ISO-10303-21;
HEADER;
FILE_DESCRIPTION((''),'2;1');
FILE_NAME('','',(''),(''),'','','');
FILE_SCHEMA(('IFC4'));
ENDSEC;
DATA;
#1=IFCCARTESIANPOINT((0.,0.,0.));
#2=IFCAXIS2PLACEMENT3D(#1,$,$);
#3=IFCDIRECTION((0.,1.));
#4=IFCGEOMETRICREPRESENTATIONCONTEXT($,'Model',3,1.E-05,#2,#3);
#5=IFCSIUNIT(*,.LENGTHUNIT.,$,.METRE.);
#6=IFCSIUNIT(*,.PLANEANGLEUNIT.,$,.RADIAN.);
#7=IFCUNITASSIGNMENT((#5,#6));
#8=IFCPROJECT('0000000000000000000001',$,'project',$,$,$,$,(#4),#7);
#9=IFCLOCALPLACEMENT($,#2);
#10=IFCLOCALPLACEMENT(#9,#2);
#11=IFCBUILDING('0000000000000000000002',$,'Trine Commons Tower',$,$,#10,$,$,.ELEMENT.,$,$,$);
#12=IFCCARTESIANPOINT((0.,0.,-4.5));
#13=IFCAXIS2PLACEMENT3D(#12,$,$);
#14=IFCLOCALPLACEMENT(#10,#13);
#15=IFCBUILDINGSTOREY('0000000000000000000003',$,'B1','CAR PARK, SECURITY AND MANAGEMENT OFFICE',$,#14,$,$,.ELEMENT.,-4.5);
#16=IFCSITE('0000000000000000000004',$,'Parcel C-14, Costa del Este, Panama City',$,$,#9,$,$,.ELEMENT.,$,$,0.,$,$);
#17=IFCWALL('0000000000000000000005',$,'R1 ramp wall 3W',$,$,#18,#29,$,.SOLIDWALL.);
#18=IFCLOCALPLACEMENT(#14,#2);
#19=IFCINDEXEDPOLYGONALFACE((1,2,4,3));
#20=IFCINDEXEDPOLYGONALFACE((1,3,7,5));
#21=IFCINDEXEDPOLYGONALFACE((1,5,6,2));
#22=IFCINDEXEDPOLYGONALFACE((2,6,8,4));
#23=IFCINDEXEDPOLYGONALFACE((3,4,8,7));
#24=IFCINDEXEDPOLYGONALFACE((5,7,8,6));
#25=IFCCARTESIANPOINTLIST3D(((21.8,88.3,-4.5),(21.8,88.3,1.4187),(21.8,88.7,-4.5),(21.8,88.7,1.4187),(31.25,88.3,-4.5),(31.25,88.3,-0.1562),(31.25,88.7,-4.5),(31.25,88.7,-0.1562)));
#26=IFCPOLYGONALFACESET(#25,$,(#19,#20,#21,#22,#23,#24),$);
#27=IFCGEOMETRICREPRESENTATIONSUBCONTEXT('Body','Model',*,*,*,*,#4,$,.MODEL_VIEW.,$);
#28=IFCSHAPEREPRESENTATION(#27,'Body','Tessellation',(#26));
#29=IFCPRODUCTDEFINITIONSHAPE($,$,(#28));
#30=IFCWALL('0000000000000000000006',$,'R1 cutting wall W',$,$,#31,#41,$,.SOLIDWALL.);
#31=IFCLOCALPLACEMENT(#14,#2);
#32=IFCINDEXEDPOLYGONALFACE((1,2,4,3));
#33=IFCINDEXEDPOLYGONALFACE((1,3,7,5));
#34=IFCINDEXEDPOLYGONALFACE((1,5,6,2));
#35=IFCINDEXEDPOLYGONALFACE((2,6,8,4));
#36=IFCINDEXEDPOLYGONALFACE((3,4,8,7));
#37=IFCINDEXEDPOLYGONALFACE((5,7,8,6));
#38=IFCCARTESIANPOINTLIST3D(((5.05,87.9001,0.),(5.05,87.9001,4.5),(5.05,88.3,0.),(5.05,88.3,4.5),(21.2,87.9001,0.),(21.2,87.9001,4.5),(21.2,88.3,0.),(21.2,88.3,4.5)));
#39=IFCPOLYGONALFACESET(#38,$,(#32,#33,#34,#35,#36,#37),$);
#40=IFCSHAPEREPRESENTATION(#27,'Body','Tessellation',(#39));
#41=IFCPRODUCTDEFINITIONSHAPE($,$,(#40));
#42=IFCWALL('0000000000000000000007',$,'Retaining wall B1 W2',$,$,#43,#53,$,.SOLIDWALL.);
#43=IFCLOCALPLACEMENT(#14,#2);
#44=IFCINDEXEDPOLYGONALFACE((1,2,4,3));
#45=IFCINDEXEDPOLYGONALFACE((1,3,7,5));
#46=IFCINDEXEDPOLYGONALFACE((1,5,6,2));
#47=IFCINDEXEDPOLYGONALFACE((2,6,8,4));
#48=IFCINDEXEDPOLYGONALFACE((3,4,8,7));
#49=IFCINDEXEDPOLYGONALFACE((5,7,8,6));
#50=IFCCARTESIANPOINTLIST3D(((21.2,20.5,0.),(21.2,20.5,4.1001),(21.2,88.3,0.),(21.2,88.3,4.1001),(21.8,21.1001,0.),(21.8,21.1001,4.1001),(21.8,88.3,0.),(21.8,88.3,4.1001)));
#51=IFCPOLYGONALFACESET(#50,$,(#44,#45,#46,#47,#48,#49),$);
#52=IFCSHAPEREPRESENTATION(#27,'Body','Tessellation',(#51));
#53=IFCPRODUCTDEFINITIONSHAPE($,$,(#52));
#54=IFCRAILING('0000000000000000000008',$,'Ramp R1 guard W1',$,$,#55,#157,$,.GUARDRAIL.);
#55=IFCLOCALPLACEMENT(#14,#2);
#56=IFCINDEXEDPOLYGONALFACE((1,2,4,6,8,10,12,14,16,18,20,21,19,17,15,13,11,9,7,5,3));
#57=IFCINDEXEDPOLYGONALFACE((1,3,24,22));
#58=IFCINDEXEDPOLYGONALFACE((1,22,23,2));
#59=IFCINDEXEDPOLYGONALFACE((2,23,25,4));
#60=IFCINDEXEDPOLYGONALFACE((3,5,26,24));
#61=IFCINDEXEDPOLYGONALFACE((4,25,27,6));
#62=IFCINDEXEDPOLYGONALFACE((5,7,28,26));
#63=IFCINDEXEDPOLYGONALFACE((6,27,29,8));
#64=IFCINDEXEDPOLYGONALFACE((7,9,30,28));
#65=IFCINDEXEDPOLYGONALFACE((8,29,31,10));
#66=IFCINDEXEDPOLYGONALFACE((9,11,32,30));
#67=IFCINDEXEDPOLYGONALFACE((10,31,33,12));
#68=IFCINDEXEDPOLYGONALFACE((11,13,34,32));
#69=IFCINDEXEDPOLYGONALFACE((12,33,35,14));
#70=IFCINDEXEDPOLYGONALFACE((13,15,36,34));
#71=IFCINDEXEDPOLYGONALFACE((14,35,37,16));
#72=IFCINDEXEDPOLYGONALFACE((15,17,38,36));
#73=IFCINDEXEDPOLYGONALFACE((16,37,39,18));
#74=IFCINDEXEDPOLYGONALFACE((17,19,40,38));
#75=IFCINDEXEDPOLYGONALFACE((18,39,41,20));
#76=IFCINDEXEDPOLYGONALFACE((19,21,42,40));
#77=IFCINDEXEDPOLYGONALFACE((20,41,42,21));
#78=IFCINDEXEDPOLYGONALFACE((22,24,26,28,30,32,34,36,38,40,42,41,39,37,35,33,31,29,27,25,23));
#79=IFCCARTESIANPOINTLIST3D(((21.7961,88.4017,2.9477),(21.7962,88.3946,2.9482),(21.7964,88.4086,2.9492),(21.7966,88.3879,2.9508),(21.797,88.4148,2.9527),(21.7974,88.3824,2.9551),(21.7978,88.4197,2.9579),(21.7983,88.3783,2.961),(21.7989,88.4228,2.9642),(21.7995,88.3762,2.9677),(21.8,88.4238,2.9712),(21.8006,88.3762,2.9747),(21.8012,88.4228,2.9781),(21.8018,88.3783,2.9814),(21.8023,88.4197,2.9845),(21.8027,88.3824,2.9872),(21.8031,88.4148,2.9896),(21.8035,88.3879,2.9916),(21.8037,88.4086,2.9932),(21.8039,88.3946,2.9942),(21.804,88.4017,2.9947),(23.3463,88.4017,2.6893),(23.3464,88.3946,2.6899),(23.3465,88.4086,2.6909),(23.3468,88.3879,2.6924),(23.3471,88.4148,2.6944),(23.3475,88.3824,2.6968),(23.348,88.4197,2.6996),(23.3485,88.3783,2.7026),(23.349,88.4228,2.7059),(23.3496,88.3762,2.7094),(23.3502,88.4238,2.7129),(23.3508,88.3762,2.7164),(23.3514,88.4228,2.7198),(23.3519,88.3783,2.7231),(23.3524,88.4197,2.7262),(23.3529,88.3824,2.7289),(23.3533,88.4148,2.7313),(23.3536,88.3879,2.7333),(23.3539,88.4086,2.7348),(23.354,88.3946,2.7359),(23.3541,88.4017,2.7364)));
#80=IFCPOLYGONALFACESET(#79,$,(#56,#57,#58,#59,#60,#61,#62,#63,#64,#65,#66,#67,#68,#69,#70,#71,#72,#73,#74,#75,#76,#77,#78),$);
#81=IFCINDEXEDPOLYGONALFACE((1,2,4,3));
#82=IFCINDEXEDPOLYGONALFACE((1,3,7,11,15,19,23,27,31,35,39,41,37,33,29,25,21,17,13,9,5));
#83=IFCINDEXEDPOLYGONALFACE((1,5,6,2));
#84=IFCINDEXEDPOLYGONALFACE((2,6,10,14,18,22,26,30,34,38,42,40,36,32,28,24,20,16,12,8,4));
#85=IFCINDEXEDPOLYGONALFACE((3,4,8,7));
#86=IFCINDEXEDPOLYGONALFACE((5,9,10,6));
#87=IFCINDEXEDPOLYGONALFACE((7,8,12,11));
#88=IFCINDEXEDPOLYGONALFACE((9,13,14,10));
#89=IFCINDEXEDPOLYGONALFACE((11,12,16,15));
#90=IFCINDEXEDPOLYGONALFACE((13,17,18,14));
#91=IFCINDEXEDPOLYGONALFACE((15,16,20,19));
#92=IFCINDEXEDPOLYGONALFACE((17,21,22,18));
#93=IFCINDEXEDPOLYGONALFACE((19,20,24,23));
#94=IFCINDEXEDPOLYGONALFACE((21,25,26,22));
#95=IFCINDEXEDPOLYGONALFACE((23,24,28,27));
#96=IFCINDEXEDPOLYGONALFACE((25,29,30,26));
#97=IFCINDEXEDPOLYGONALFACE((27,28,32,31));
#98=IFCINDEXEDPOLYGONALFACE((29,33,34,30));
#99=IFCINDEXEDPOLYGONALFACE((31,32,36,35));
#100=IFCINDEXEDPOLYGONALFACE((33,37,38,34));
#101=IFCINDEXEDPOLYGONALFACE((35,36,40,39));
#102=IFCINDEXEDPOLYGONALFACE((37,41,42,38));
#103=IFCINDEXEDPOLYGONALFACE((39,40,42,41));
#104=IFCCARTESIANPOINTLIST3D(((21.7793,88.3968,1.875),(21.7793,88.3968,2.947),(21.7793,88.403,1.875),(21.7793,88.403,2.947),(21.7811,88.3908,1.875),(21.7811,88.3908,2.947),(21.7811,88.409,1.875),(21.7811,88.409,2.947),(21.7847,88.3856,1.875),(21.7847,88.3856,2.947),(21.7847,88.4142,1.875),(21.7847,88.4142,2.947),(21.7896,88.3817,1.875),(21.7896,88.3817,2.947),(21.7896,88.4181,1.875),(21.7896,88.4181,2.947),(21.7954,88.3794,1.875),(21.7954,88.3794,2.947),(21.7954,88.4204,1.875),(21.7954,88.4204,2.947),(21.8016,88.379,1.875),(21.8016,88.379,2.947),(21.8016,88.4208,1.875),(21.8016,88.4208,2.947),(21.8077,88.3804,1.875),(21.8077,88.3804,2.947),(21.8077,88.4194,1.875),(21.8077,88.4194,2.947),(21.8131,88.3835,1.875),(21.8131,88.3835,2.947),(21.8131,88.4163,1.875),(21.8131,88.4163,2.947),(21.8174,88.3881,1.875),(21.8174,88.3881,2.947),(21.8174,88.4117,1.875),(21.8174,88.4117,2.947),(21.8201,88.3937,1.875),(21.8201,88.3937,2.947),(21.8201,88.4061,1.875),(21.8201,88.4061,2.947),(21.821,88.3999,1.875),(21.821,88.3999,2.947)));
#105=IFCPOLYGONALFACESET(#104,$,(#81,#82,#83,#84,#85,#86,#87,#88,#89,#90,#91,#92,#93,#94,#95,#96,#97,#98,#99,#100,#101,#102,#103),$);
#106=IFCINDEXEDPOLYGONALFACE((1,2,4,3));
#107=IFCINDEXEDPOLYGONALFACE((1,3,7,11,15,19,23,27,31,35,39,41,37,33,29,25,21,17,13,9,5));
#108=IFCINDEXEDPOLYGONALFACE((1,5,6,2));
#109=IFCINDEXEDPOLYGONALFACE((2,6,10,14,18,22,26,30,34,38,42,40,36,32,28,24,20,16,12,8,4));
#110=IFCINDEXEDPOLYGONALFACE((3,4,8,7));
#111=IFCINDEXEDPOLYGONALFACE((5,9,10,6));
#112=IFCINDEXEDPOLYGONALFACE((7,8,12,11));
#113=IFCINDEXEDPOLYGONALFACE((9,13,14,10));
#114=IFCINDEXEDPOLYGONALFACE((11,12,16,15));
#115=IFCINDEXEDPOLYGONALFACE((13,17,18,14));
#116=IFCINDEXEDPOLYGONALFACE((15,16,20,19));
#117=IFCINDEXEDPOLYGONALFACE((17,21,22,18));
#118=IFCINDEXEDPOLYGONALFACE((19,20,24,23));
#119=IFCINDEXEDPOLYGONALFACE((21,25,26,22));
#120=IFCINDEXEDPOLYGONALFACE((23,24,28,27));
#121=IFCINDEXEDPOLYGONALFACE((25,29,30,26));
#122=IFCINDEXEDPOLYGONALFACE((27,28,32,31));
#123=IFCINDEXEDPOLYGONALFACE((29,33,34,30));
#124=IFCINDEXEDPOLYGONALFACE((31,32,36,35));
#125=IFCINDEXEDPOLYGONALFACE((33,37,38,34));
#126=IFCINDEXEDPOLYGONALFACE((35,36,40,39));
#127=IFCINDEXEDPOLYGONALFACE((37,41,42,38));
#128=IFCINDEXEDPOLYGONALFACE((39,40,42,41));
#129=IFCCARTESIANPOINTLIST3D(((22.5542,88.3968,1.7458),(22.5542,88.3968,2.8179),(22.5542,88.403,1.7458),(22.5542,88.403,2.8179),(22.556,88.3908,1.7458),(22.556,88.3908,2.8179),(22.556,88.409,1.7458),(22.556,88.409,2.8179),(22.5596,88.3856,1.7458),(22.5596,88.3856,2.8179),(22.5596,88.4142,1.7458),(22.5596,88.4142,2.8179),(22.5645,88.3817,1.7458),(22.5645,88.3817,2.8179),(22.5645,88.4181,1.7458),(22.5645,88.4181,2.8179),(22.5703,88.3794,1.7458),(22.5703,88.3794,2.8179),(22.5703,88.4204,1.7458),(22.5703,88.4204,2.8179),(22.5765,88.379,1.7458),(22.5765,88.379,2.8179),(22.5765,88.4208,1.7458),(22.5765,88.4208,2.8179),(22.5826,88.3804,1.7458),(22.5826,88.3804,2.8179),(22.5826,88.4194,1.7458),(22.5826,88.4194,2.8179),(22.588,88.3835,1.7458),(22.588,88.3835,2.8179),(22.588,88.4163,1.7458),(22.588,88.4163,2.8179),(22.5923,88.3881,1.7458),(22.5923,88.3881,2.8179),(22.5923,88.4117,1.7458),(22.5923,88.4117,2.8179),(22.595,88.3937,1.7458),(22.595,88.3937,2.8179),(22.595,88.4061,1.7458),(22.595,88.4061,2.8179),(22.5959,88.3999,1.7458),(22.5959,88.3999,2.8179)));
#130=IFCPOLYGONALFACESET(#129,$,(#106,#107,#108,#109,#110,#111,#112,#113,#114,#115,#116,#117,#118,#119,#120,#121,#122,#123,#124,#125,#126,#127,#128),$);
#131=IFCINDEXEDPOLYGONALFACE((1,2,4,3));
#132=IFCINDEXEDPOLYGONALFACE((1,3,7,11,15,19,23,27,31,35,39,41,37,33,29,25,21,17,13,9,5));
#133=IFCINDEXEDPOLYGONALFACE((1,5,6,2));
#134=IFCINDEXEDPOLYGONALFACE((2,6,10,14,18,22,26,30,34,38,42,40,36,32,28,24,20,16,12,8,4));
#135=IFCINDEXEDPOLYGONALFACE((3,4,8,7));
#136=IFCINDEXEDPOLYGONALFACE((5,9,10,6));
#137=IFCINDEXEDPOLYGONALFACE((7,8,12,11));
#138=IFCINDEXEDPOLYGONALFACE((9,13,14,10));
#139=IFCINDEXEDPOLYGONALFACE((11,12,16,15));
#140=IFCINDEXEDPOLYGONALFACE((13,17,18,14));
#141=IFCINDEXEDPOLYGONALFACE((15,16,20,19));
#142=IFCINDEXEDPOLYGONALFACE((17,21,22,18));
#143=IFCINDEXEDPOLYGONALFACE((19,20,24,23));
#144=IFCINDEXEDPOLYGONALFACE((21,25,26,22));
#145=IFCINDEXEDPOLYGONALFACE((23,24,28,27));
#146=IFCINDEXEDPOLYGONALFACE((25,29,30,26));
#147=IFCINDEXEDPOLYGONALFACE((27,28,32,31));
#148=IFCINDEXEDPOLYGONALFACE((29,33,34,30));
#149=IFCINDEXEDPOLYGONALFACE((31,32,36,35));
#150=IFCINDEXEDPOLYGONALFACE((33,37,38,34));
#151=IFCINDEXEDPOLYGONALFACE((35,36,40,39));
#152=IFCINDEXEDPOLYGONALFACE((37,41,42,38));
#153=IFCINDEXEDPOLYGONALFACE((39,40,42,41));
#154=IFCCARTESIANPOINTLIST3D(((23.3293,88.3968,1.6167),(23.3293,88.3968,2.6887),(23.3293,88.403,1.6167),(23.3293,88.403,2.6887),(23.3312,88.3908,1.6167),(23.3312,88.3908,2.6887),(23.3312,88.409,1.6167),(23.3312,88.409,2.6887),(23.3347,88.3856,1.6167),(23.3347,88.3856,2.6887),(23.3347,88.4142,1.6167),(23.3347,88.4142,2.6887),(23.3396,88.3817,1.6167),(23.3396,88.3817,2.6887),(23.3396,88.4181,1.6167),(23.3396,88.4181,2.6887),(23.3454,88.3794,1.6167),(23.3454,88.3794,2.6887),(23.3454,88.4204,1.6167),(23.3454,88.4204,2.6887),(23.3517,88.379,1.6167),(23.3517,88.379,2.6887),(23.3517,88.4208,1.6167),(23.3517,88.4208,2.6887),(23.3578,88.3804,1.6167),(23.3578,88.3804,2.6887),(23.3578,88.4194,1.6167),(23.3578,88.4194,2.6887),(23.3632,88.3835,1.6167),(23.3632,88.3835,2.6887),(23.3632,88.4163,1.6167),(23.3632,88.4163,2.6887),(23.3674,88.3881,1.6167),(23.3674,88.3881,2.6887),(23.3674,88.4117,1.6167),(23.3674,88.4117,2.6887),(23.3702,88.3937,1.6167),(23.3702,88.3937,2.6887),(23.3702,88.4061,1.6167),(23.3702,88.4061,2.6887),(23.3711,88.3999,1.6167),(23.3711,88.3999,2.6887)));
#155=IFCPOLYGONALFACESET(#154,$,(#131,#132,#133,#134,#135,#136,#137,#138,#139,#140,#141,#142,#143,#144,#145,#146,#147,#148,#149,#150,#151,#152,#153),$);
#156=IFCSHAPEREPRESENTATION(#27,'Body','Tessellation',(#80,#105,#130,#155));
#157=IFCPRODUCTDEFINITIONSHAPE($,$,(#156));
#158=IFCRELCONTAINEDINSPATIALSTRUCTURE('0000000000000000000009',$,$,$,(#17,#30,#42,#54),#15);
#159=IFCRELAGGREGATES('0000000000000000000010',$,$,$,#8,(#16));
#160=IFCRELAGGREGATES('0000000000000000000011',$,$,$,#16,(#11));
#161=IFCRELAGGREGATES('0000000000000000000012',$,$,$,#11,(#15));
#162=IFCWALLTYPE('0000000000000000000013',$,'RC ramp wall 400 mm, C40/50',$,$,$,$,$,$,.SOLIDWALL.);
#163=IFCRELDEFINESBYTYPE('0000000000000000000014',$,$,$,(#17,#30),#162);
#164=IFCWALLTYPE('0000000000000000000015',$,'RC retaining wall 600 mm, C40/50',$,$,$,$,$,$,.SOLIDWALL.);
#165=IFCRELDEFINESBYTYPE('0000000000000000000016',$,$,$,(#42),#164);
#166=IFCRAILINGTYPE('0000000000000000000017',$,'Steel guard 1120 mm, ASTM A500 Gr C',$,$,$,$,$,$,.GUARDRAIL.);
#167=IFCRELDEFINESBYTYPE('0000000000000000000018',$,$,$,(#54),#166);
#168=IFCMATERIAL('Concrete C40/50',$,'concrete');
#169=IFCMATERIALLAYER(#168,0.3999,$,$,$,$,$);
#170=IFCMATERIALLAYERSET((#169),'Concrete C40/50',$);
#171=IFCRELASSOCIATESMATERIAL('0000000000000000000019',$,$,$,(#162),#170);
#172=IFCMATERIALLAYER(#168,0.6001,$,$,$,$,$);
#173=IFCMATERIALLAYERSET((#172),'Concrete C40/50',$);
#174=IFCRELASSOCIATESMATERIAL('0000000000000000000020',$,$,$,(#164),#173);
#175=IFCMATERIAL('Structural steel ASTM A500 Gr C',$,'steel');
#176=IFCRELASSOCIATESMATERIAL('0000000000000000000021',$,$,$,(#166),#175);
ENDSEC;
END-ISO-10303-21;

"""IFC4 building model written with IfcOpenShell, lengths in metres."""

from ifc_helpers import new_model, si_unit, direction, frame, frame_2d, origin, origin_2d, place, context, subcontext, project, spatial, polyline, rectangle, circle, outline, extrude, material, layer, layer_set, type_object, element, save


model = new_model("IFC4")

# Units and contexts
model_context = context("Model", 3, precision=1e-05, world=origin(), true_north=direction((0.0, 1.0)))
body_context = subcontext(model_context, "Body", "Model", "MODEL_VIEW")
ifc_project = project(units=[si_unit("LENGTHUNIT", "METRE"), si_unit("PLANEANGLEUNIT", "RADIAN")], contexts=[model_context])

# Site, building, storey
site_placement = place(None, origin())
site = spatial("IfcSite", under=ifc_project, at=site_placement, Name="Parcel C-14, Costa del Este, Panama City", CompositionType="ELEMENT", RefElevation=0.0)
building_placement = place(site_placement, origin())
building = spatial("IfcBuilding", under=site, at=building_placement, Name="Trine Commons Tower", CompositionType="ELEMENT")
storey_placement = place(building_placement, frame((0.0, 0.0, -4.5)))
storey = spatial("IfcBuildingStorey", under=building, at=storey_placement, Name="B1", Description="CAR PARK, SECURITY AND MANAGEMENT OFFICE", CompositionType="ELEMENT", Elevation=-4.5)

# Shared definitions
ifc_material_1 = material(Name="Concrete C40/50", Category="concrete")

# Walls
ifc_layer_1 = layer(ifc_material_1, 0.3999)
ifc_layer_set_1 = layer_set([ifc_layer_1], Name="Concrete C40/50")
wall_type_1 = type_object("IfcWallType", Name="RC ramp wall 400 mm, C40/50", PredefinedType="SOLIDWALL", material=ifc_layer_set_1)
wall_1_placement = place(storey_placement, frame((21.8, 88.5, -4.5), z_axis=(0.0, 0.0, 1.0), x_axis=(1.0, 0.0, 0.0)))
element("IfcWall", 1, at=wall_1_placement, inside=storey, type_object=wall_type_1, Name="R1 ramp wall 3W", PredefinedType="SOLIDWALL", context=body_context, shape_type="SweptSolid", body=[
    extrude(outline(polyline([(0.0, 0.0), (9.45, 0.0), (9.45, 4.3438), (0.0, 5.9187), (0.0, 0.0)])), frame((0.0, 0.2, 0.0), z_axis=(0.0, -1.0, 0.0), x_axis=(1.0, 0.0, 0.0)), (0.0, 0.0, 1.0), 0.3999),
])
wall_2_placement = place(storey_placement, frame((5.05, 88.1001, 0.0), z_axis=(0.0, 0.0, 1.0), x_axis=(1.0, 0.0, 0.0)))
element("IfcWall", 2, at=wall_2_placement, inside=storey, type_object=wall_type_1, Name="R1 cutting wall W", PredefinedType="SOLIDWALL", context=body_context, shape_type="SweptSolid", body=[
    extrude(rectangle(XDim=16.1499, YDim=0.3999, at=frame_2d((8.075, 0.0))), origin(), (0.0, 0.0, 1.0), 4.5),
])
ifc_layer_2 = layer(ifc_material_1, 0.6001)
ifc_layer_set_2 = layer_set([ifc_layer_2], Name="Concrete C40/50")
wall_type_2 = type_object("IfcWallType", Name="RC retaining wall 600 mm, C40/50", PredefinedType="SOLIDWALL", material=ifc_layer_set_2)
wall_3_placement = place(storey_placement, frame((21.5, 88.3, 0.0), z_axis=(0.0, 0.0, 1.0), x_axis=(0.0, -1.0, 0.0)))
element("IfcWall", 3, at=wall_3_placement, inside=storey, type_object=wall_type_2, Name="Retaining wall B1 W2", PredefinedType="SOLIDWALL", context=body_context, shape_type="SweptSolid", body=[
    extrude(outline(polyline([(0.0, -0.3), (67.8, -0.3), (67.2, 0.3), (0.0, 0.3), (0.0, -0.3)])), origin(), (0.0, 0.0, 1.0), 4.1001),
])

# Railing
ifc_material_2 = material(Name="Structural steel ASTM A500 Gr C", Category="steel")
railing_type = type_object("IfcRailingType", Name="Steel guard 1120 mm, ASTM A500 Gr C", PredefinedType="GUARDRAIL", material=ifc_material_2)
railing_1_placement = place(storey_placement, frame((21.8, 88.3999, 1.875)))
element("IfcRailing", 4, at=railing_1_placement, inside=storey, type_object=railing_type, Name="Ramp R1 guard W1", PredefinedType="GUARDRAIL", context=body_context, shape_type="SweptSolid", body=[
    extrude(circle(Radius=0.0239, at=origin_2d()), frame((0.0, 0.0, 1.0962), z_axis=(0.986398, 0.0, -0.164374), x_axis=(0.0, 1.0, 0.0)), (0.0, 0.0, 1.0), 1.5715),
    extrude(circle(Radius=0.021, at=origin_2d()), origin(), (0.0, 0.0, 1.0), 1.072),
    extrude(circle(Radius=0.021, at=origin_2d()), frame((0.7749, 0.0, -0.1292)), (0.0, 0.0, 1.0), 1.072),
    extrude(circle(Radius=0.021, at=origin_2d()), frame((1.55, 0.0, -0.2583)), (0.0, 0.0, 1.0), 1.072),
])

save(model, "model.ifc")
